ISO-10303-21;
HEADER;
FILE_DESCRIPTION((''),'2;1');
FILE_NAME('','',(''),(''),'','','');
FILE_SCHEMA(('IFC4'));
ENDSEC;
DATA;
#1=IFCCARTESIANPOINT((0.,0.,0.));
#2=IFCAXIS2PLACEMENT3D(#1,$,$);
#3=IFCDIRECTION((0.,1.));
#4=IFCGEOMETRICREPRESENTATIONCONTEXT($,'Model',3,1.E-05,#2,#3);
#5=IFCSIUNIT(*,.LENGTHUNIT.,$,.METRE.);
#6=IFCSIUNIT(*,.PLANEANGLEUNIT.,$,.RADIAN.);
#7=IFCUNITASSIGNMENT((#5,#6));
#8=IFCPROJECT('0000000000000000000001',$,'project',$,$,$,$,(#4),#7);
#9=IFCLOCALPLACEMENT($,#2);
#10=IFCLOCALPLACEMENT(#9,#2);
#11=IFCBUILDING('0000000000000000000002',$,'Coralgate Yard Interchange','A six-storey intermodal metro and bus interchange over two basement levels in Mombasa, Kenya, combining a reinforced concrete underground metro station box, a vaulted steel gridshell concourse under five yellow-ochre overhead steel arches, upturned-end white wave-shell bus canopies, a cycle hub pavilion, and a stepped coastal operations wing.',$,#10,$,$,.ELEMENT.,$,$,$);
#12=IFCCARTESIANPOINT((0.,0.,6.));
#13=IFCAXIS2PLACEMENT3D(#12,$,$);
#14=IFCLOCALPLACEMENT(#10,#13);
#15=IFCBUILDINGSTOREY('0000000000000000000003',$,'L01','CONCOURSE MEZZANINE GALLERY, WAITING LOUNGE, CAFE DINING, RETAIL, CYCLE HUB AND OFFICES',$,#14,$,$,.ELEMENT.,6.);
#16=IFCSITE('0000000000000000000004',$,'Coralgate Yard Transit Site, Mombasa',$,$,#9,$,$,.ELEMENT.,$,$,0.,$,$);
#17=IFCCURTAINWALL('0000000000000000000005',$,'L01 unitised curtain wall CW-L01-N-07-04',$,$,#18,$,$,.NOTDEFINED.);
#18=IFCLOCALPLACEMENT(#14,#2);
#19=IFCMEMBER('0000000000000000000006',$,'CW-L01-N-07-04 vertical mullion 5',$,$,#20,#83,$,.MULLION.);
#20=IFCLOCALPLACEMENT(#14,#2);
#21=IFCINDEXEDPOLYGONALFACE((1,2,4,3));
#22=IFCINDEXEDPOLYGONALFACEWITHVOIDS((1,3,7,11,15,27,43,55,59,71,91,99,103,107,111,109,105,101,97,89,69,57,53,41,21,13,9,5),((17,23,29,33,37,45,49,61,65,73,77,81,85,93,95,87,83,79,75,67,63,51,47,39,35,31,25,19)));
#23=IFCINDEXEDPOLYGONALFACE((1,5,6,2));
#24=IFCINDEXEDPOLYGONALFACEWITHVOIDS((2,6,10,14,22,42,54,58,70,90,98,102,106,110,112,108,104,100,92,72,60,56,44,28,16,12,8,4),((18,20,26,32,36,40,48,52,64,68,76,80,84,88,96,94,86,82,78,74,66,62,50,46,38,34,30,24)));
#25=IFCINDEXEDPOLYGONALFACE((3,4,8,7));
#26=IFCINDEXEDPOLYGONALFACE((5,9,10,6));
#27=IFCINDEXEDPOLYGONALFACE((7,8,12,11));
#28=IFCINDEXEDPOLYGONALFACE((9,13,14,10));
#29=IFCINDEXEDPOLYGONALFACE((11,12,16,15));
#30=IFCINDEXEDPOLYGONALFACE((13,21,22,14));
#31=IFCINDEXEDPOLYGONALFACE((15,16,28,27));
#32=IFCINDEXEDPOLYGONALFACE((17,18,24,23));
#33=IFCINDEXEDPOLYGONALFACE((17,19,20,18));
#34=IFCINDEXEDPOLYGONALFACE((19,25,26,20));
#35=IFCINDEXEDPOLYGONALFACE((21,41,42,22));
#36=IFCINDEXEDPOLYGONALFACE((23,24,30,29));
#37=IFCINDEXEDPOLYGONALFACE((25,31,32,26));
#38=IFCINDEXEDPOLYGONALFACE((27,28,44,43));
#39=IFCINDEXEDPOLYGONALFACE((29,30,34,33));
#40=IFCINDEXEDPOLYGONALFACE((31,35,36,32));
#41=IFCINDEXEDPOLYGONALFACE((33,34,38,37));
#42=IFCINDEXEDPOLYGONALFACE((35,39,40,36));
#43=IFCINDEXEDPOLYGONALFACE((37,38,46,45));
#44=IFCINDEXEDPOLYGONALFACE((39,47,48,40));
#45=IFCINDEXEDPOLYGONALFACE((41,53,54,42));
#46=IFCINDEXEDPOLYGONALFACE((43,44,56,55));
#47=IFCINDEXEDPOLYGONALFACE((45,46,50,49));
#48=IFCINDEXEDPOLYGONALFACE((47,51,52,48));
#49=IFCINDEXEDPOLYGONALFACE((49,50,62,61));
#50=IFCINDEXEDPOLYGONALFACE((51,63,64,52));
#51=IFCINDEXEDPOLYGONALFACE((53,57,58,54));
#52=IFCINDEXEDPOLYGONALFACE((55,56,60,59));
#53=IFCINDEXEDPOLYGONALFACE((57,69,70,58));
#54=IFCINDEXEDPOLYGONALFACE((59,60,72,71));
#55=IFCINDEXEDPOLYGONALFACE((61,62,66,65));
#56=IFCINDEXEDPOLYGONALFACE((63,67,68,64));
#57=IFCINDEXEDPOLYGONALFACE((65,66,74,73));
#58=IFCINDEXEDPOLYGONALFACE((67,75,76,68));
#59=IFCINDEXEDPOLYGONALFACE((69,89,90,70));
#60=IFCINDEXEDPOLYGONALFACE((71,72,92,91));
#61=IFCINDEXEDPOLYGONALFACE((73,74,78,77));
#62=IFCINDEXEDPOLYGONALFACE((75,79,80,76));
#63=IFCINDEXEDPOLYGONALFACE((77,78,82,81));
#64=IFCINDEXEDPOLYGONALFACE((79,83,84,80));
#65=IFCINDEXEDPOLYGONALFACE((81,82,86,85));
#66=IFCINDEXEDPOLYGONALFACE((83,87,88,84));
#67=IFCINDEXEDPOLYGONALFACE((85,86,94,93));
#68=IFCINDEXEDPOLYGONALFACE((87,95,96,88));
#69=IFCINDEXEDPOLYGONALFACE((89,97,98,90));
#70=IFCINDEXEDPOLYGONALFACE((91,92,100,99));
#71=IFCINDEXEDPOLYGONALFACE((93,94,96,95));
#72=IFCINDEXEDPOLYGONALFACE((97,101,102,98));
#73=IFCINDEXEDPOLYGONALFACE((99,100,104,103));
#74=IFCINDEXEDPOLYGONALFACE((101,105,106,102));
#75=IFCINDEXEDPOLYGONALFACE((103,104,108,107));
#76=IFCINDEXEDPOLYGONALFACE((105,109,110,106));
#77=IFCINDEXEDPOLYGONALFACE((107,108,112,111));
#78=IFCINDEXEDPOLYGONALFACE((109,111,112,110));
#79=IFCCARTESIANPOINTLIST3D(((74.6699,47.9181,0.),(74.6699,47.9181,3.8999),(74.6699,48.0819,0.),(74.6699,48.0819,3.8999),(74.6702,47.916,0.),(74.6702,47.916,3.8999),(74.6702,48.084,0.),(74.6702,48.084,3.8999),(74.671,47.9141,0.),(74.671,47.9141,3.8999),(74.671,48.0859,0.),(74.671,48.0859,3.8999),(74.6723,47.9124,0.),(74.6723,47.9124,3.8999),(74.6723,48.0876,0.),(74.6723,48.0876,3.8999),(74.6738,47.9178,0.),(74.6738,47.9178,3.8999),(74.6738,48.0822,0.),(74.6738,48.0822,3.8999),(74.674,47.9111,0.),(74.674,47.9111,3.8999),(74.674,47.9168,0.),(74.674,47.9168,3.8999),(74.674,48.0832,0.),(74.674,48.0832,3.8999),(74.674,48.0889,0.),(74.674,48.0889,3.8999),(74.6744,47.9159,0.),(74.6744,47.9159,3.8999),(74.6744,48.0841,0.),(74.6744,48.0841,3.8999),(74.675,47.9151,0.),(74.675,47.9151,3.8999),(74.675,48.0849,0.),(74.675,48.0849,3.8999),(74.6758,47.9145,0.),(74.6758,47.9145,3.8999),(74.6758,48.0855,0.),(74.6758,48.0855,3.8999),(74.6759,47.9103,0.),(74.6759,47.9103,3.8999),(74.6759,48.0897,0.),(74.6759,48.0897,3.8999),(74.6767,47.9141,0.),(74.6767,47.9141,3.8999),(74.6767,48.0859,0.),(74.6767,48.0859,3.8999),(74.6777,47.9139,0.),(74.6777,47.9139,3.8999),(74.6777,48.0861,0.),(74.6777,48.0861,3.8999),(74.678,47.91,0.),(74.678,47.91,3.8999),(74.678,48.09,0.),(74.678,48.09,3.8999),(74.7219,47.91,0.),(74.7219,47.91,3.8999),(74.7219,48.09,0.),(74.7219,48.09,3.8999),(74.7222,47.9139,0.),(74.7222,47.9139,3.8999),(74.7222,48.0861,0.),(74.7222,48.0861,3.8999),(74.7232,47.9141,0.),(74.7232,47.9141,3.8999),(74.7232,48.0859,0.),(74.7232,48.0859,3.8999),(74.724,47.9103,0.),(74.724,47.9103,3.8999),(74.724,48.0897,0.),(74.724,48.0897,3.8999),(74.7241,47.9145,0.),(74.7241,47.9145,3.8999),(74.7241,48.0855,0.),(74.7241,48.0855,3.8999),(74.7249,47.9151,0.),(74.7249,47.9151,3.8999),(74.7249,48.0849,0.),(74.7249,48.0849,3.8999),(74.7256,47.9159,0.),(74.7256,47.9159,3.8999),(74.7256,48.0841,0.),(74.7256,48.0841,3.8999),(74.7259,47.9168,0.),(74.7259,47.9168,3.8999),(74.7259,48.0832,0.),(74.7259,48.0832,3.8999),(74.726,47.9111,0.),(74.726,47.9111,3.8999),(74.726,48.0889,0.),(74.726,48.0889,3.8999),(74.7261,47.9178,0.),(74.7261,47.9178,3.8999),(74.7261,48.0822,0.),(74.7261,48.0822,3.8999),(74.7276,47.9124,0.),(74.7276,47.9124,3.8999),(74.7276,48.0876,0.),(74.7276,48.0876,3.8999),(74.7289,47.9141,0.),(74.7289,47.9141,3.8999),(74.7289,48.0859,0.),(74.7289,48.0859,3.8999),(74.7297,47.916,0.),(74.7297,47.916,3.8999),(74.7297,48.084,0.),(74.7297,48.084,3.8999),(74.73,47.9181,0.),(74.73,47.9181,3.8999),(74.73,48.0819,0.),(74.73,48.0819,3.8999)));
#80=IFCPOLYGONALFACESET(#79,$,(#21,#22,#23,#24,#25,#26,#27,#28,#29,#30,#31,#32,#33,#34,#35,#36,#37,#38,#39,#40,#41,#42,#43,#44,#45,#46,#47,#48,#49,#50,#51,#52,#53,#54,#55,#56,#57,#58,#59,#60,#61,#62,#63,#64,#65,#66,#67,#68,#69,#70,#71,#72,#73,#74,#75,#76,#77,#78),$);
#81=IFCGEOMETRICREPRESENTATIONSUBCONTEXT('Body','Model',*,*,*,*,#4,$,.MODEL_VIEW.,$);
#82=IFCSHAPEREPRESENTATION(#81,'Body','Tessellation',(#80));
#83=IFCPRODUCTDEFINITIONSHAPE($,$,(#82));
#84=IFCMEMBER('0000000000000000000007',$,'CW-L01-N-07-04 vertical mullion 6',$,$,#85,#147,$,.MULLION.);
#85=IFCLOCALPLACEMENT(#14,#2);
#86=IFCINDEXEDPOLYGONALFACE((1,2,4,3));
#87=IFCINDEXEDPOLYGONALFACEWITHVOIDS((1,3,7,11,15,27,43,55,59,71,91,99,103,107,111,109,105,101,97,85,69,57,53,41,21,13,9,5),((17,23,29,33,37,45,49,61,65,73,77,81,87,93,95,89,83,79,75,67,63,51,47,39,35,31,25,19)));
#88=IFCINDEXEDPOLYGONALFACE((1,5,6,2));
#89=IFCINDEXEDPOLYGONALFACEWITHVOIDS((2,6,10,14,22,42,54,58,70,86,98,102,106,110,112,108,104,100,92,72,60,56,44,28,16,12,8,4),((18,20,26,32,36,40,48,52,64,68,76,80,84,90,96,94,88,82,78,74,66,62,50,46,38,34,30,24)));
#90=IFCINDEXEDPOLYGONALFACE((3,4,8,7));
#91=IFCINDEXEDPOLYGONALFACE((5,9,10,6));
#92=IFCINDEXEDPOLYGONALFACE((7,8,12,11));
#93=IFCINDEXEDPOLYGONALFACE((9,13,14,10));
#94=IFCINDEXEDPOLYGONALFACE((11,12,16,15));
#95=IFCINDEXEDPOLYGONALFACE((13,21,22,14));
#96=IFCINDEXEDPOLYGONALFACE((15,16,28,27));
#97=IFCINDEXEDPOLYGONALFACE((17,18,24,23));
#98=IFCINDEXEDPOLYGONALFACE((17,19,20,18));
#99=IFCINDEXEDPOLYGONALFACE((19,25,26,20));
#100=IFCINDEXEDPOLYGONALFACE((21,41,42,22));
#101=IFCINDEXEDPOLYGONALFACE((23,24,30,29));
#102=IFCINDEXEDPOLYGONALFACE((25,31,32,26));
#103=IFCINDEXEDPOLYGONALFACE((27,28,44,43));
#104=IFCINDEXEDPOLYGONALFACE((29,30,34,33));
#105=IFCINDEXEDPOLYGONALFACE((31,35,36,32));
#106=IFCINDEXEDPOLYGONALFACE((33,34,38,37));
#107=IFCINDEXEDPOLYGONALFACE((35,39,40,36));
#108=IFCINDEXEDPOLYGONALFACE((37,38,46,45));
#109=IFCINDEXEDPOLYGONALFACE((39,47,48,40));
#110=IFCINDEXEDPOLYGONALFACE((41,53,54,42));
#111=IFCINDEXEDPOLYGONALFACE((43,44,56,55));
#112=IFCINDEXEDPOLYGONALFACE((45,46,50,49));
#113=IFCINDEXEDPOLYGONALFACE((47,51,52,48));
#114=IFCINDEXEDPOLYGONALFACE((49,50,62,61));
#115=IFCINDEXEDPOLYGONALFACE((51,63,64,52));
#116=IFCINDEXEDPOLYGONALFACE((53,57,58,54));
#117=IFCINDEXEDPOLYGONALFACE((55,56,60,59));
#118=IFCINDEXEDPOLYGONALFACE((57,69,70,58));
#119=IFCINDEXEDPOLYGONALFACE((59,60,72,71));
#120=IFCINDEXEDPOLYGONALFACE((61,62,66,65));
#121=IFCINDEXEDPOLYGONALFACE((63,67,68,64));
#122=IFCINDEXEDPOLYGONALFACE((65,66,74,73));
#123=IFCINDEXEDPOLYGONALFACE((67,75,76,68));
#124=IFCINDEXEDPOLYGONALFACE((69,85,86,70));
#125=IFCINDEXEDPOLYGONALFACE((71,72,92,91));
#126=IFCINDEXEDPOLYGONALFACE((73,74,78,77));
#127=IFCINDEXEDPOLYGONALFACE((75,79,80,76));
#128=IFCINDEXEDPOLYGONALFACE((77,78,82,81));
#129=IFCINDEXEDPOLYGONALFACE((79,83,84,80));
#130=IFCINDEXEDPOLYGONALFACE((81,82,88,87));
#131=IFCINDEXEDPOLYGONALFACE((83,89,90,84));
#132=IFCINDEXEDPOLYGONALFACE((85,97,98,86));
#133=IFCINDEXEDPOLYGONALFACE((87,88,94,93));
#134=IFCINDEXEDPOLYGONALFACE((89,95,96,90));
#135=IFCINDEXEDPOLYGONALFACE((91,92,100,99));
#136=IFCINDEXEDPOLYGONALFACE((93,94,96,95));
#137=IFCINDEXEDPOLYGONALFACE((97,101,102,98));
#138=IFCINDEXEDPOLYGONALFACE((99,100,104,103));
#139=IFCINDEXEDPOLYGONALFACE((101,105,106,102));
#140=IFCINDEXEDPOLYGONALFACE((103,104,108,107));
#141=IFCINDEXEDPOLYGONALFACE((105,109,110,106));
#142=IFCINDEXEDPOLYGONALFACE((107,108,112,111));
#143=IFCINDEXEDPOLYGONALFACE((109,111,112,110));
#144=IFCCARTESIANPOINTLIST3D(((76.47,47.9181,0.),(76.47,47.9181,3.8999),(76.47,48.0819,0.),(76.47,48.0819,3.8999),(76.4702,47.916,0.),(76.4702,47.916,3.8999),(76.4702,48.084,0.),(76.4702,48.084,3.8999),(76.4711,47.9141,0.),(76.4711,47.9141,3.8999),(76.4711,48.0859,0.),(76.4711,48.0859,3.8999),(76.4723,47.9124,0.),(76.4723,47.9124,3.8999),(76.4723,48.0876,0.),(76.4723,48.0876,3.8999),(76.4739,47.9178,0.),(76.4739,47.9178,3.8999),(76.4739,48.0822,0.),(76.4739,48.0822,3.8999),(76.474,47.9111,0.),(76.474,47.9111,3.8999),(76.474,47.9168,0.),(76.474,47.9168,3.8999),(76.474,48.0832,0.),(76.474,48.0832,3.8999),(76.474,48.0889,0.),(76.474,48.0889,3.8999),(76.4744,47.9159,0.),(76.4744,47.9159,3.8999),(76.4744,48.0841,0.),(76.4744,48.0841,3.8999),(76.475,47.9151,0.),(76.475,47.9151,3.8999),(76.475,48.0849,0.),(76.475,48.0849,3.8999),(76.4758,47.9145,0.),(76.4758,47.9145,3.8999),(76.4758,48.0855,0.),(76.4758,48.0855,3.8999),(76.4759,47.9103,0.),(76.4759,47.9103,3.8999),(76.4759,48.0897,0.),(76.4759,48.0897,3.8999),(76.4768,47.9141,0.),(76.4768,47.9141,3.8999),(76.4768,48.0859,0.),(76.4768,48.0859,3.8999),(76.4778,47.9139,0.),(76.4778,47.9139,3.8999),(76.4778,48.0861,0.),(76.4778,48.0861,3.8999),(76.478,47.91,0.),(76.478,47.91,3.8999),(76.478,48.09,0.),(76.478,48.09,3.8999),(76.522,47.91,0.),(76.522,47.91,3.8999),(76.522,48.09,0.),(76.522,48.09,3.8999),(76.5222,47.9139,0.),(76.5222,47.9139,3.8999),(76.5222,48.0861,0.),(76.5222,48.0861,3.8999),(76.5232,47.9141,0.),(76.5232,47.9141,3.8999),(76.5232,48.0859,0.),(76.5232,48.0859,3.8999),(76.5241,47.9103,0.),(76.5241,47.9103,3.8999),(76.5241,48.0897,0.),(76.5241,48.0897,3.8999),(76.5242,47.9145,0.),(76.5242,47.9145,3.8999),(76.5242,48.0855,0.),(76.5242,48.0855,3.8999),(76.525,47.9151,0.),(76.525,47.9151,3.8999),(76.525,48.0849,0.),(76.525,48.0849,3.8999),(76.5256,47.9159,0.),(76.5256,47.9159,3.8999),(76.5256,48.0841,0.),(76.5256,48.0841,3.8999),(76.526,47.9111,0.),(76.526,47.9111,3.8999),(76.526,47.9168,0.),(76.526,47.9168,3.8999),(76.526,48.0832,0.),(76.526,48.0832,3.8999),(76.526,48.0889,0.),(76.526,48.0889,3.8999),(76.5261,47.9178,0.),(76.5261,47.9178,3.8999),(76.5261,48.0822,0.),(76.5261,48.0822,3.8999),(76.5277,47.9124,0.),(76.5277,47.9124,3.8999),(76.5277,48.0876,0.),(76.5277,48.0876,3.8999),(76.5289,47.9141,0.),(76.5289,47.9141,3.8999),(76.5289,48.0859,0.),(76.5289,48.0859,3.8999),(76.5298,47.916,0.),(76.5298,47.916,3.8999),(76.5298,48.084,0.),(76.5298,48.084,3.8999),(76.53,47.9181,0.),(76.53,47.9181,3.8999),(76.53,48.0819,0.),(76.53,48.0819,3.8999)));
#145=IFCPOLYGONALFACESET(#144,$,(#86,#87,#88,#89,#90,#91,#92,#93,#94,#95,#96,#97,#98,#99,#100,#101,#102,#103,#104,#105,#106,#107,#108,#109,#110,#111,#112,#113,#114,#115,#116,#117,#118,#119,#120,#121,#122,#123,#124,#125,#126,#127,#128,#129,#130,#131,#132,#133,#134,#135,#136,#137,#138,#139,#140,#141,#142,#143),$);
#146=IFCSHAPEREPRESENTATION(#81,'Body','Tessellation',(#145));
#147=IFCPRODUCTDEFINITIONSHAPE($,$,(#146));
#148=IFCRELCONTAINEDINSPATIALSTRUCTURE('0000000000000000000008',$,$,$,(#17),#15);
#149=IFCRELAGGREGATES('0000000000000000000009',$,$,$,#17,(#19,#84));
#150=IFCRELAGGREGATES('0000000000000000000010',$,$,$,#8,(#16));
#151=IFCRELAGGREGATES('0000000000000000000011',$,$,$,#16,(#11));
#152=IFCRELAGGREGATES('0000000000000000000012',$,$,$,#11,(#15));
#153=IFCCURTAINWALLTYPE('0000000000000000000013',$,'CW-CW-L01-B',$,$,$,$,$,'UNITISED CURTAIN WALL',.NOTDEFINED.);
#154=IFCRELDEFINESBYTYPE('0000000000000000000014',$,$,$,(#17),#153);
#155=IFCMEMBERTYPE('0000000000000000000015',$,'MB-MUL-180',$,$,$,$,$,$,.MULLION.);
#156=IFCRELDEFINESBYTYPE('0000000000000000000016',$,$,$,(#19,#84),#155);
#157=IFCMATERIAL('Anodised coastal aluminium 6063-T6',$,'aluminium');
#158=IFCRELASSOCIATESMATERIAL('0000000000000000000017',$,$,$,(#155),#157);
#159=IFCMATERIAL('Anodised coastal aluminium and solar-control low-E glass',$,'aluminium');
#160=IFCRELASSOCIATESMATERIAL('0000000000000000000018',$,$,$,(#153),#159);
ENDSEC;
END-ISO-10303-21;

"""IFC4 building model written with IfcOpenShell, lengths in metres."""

from ifc_helpers import new_model, si_unit, direction, frame, origin, origin_2d, place, context, subcontext, project, spatial, hollow_rectangle, extrude, material, material_profile, profile_set, type_object, element, aggregate, save


model = new_model("IFC4")

# Units and contexts
model_context = context("Model", 3, precision=1e-05, world=origin(), true_north=direction((0.0, 1.0)))
body_context = subcontext(model_context, "Body", "Model", "MODEL_VIEW")
ifc_project = project(units=[si_unit("LENGTHUNIT", "METRE"), si_unit("PLANEANGLEUNIT", "RADIAN")], contexts=[model_context])

# Site, building, storey
site_placement = place(None, origin())
site = spatial("IfcSite", under=ifc_project, at=site_placement, Name="Coralgate Yard Transit Site, Mombasa", CompositionType="ELEMENT", RefElevation=0.0)
building_placement = place(site_placement, origin())
building = spatial("IfcBuilding", under=site, at=building_placement, Name="Coralgate Yard Interchange", Description="A six-storey intermodal metro and bus interchange over two basement levels in Mombasa, Kenya, combining a reinforced concrete underground metro station box, a vaulted steel gridshell concourse under five yellow-ochre overhead steel arches, upturned-end white wave-shell bus canopies, a cycle hub pavilion, and a stepped coastal operations wing.", CompositionType="ELEMENT")
storey_placement = place(building_placement, frame((0.0, 0.0, 6.0)))
storey = spatial("IfcBuildingStorey", under=building, at=storey_placement, Name="L01", Description="CONCOURSE MEZZANINE GALLERY, WAITING LOUNGE, CAFE DINING, RETAIL, CYCLE HUB AND OFFICES", CompositionType="ELEMENT", Elevation=6.0)

# Shared definitions
ifc_material_1 = material(Name="Anodised coastal aluminium and solar-control low-E glass", Category="aluminium")
ifc_material_2 = material(Name="Anodised coastal aluminium 6063-T6", Category="aluminium")
ifc_material_profile_1 = material_profile(ifc_material_2, hollow_rectangle(XDim=0.0601, YDim=0.1799, WallThickness=0.0039, InnerFilletRadius=0.0039, OuterFilletRadius=0.0081, at=origin_2d()), Name="ALU 60x180x4")
ifc_profile_set_1 = profile_set([ifc_material_profile_1], Name="Anodised coastal aluminium 6063-T6")
member_type_1 = type_object("IfcMemberType", Name="MB-MUL-180", PredefinedType="MULLION", material=ifc_profile_set_1)

# Curtain wall, members
curtain_wall_type_1 = type_object("IfcCurtainWallType", Name="CW-CW-L01-B", ElementType="UNITISED CURTAIN WALL", PredefinedType="NOTDEFINED", material=ifc_material_1)
curtain_wall_1_placement = place(storey_placement, origin())
curtain_wall_1 = element("IfcCurtainWall", 1, at=curtain_wall_1_placement, inside=storey, type_object=curtain_wall_type_1, Name="L01 unitised curtain wall CW-L01-N-07-04", PredefinedType="NOTDEFINED")
member_1_placement = place(storey_placement, frame((74.7, 48.0, 0.0), z_axis=(0.0, 0.0, 1.0), x_axis=(1.0, 0.0, 0.0)))
member_1 = element("IfcMember", 2, at=member_1_placement, type_object=member_type_1, Name="CW-L01-N-07-04 vertical mullion 5", PredefinedType="MULLION", context=body_context, shape_type="SweptSolid", body=[
    extrude(hollow_rectangle(XDim=0.0601, YDim=0.1799, WallThickness=0.0039, InnerFilletRadius=0.0039, OuterFilletRadius=0.0081, at=origin_2d()), origin(), (0.0, 0.0, 1.0), 3.8999),
])
member_2_placement = place(storey_placement, frame((76.5, 48.0, 0.0), z_axis=(0.0, 0.0, 1.0), x_axis=(1.0, 0.0, 0.0)))
member_2 = element("IfcMember", 3, at=member_2_placement, type_object=member_type_1, Name="CW-L01-N-07-04 vertical mullion 6", PredefinedType="MULLION", context=body_context, shape_type="SweptSolid", body=[
    extrude(hollow_rectangle(XDim=0.0601, YDim=0.1799, WallThickness=0.0039, InnerFilletRadius=0.0039, OuterFilletRadius=0.0081, at=origin_2d()), origin(), (0.0, 0.0, 1.0), 3.8999),
])

aggregate(curtain_wall_1, [member_1, member_2])

save(model, "model.ifc")
